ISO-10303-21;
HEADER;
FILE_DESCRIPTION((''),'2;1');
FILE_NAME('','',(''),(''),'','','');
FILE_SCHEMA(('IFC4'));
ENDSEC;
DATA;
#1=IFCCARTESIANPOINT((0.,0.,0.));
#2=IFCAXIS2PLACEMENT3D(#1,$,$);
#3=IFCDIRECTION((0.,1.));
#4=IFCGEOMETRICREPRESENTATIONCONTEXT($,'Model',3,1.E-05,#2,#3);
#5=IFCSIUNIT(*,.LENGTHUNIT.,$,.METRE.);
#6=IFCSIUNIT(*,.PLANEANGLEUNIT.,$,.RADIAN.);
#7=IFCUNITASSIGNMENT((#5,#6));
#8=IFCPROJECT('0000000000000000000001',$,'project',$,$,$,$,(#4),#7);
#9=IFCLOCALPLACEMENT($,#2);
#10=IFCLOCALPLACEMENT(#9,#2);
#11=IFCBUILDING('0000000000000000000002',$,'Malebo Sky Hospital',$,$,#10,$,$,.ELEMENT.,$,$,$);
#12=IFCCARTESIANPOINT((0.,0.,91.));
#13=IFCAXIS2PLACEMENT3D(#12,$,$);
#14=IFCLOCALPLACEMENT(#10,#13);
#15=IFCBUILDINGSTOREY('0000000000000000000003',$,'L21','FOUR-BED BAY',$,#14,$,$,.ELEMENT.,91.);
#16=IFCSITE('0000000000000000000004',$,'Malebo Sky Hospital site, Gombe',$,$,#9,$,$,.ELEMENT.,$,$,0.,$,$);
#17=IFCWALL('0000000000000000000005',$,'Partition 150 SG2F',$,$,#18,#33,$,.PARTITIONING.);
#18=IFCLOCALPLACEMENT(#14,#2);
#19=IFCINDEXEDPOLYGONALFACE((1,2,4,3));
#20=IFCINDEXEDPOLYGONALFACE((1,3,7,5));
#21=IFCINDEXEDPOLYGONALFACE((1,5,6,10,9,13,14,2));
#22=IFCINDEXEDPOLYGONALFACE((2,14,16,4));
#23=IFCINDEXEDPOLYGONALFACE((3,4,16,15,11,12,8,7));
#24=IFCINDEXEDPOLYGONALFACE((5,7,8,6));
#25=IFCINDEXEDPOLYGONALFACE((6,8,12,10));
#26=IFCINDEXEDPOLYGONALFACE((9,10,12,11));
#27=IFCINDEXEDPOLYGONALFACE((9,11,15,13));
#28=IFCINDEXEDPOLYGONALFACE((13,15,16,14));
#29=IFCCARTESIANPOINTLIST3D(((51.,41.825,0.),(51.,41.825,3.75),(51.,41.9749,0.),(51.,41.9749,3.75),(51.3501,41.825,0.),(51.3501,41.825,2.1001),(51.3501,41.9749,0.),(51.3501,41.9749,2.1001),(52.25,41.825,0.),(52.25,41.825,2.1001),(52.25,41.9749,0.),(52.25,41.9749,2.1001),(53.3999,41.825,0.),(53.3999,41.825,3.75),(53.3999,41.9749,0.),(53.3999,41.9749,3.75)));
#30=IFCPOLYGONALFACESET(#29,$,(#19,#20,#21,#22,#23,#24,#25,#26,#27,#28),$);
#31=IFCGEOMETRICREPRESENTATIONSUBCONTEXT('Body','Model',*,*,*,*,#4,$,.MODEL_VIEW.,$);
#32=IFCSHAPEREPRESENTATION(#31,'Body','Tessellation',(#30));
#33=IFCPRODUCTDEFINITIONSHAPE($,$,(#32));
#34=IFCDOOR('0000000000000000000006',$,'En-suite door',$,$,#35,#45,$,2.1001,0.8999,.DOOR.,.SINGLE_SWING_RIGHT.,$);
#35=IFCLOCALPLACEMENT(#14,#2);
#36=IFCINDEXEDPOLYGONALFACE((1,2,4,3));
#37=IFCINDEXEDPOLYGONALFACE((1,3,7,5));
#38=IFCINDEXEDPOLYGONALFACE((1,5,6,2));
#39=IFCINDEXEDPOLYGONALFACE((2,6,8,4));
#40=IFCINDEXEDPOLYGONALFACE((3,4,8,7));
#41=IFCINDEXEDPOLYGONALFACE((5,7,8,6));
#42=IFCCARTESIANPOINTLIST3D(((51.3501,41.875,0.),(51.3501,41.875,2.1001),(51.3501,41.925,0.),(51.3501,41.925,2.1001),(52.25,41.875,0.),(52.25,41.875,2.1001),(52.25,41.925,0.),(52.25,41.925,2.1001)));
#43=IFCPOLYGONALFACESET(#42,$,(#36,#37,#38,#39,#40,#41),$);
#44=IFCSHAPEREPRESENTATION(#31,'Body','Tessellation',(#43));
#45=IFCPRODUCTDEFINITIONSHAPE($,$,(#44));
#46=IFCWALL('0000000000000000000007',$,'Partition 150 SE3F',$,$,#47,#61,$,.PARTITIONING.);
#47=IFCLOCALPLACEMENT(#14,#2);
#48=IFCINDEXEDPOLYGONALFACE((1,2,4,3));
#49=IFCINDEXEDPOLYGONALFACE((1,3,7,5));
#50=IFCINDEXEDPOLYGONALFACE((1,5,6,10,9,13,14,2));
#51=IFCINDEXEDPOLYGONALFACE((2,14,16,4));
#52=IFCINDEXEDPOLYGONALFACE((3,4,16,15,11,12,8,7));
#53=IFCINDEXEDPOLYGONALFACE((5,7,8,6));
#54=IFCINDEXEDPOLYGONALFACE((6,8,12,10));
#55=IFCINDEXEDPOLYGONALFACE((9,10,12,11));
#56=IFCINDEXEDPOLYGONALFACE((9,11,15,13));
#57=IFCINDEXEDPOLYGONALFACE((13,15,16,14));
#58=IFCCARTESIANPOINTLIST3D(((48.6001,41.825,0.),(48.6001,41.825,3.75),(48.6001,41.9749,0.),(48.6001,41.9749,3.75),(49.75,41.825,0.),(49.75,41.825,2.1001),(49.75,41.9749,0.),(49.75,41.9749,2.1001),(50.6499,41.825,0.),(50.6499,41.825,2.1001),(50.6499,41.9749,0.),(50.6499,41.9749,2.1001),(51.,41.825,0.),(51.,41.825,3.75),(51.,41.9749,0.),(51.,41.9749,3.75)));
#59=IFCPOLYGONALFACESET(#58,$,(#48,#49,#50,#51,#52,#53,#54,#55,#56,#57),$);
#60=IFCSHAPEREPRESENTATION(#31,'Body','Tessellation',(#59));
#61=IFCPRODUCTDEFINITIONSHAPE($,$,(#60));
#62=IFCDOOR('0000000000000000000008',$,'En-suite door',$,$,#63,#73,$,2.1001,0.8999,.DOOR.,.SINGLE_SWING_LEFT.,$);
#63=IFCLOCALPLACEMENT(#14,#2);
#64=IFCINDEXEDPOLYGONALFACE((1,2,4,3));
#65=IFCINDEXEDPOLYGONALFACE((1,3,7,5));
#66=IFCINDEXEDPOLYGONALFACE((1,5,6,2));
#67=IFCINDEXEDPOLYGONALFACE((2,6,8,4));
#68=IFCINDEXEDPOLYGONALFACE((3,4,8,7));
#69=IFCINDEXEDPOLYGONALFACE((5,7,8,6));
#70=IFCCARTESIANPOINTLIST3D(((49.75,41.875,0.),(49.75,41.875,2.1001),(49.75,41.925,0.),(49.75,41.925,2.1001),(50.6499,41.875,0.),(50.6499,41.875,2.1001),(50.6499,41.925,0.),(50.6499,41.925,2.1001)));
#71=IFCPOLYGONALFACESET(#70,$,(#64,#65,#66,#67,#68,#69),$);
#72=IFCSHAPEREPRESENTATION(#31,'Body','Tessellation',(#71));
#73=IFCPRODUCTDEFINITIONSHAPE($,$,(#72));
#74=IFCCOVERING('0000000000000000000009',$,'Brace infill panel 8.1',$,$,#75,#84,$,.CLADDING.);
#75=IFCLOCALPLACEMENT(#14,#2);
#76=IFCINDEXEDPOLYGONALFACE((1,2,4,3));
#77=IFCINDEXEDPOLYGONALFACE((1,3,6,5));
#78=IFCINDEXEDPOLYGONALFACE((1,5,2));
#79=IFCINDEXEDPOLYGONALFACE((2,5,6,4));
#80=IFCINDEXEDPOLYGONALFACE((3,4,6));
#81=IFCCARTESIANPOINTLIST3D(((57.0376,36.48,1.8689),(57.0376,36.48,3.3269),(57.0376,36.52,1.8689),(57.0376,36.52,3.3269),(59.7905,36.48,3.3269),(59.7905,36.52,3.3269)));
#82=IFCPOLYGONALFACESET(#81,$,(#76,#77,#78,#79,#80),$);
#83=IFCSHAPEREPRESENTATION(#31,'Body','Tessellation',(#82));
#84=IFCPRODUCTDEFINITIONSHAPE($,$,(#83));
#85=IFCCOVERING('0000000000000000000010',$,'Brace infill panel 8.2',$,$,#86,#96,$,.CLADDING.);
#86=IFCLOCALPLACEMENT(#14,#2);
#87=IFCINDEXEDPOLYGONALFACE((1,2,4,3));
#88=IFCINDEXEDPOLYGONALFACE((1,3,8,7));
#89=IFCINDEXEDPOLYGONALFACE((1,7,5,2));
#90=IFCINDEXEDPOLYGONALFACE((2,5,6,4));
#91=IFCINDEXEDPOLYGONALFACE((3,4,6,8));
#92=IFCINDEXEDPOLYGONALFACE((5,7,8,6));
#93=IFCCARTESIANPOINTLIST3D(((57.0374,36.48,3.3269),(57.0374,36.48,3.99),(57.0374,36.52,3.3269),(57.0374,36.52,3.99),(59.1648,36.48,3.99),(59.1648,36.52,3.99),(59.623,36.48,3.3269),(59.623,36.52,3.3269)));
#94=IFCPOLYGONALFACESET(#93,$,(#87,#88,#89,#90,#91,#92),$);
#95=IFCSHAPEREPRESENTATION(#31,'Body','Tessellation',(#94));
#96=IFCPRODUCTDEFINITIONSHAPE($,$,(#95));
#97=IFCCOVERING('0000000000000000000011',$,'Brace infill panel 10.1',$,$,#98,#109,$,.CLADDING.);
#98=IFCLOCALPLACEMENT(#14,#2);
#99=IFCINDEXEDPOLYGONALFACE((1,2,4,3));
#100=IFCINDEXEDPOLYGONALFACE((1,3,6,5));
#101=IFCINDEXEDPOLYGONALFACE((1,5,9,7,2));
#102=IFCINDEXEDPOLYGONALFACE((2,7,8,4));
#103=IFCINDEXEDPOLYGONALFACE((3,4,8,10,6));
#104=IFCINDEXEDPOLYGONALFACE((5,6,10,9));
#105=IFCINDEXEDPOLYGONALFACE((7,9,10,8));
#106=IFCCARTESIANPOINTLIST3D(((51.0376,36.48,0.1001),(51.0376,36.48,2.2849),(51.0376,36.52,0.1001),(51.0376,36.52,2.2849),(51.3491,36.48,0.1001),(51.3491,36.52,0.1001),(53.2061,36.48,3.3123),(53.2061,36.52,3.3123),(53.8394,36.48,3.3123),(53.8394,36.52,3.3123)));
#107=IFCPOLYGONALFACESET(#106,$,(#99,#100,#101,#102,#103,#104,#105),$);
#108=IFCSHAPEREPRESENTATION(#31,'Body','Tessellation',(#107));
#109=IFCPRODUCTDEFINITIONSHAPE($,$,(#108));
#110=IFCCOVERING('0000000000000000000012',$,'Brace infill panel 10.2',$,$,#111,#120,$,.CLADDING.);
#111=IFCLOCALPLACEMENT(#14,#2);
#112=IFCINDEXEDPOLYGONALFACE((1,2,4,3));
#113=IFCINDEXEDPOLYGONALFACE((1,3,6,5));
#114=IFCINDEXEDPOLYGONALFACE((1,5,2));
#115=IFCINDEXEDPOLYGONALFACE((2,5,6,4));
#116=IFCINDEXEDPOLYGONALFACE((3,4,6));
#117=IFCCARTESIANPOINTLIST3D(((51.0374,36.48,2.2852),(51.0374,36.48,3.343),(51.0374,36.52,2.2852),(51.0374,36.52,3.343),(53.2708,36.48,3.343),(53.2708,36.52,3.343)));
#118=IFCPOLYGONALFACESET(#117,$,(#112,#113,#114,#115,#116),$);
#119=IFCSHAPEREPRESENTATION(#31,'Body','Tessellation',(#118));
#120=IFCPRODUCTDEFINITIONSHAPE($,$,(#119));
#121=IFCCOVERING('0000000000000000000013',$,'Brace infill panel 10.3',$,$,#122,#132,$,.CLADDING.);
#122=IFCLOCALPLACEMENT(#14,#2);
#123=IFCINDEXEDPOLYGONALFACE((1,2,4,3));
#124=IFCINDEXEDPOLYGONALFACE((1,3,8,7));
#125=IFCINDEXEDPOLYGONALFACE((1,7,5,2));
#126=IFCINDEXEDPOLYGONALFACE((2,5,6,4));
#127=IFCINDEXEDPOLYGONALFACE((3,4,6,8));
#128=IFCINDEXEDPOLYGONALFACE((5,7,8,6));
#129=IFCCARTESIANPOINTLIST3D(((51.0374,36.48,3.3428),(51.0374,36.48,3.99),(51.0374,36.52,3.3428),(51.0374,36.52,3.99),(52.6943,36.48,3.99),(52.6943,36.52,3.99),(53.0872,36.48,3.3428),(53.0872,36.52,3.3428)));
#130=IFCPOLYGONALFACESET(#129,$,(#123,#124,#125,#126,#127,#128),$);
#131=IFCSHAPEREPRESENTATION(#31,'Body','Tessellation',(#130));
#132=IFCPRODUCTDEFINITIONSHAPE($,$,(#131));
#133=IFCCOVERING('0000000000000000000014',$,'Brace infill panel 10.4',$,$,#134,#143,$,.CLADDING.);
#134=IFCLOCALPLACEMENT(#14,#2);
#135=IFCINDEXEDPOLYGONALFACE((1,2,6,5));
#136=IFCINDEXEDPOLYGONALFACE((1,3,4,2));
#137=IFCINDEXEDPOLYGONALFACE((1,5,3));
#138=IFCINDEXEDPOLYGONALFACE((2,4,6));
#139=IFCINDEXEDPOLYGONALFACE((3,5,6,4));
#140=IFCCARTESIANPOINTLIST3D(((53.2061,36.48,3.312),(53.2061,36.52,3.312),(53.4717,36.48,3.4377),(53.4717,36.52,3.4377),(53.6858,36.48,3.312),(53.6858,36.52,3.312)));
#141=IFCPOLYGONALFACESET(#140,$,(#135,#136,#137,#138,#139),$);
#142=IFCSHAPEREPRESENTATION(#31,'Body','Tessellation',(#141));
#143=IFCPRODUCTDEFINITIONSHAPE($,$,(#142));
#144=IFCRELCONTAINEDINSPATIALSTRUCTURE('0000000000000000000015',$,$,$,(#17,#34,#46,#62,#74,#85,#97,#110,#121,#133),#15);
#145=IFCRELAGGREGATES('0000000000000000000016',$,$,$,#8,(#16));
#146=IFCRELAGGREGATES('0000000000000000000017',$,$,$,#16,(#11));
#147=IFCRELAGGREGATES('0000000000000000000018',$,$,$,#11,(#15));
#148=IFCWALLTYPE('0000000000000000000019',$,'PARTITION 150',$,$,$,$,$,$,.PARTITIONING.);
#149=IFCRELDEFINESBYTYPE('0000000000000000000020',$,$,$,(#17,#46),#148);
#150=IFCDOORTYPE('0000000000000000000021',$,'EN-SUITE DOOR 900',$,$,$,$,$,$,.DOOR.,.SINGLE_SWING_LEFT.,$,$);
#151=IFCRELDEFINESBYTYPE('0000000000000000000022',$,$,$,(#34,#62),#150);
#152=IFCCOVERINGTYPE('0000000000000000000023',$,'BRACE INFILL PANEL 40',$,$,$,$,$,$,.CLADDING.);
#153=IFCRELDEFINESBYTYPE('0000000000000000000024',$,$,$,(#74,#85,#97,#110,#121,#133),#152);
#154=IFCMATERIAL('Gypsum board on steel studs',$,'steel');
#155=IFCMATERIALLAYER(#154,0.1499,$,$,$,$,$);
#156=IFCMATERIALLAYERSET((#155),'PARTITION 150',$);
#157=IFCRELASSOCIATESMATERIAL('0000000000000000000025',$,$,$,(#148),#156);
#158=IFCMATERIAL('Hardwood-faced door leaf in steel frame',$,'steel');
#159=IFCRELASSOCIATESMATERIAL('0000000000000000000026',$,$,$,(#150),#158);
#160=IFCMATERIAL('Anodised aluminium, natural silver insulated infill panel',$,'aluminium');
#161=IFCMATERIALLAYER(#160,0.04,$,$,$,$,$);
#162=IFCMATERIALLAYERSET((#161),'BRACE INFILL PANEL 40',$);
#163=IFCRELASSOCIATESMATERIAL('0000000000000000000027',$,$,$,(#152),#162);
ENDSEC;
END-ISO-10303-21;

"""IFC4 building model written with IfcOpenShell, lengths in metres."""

from ifc_helpers import new_model, si_unit, direction, frame, frame_2d, origin, place, context, subcontext, project, spatial, polyline, rectangle, outline, extrude, material, layer, layer_set, type_object, element, fill, save


model = new_model("IFC4")

# Units and contexts
model_context = context("Model", 3, precision=1e-05, world=origin(), true_north=direction((0.0, 1.0)))
body_context = subcontext(model_context, "Body", "Model", "MODEL_VIEW")
ifc_project = project(units=[si_unit("LENGTHUNIT", "METRE"), si_unit("PLANEANGLEUNIT", "RADIAN")], contexts=[model_context])

# Site, building, storey
site_placement = place(None, origin())
site = spatial("IfcSite", under=ifc_project, at=site_placement, Name="Malebo Sky Hospital site, Gombe", CompositionType="ELEMENT", RefElevation=0.0)
building_placement = place(site_placement, origin())
building = spatial("IfcBuilding", under=site, at=building_placement, Name="Malebo Sky Hospital", CompositionType="ELEMENT")
storey_placement = place(building_placement, frame((0.0, 0.0, 91.0)))
storey = spatial("IfcBuildingStorey", under=building, at=storey_placement, Name="L21", Description="FOUR-BED BAY", CompositionType="ELEMENT", Elevation=91.0)

# Walls, openings, doors
ifc_material_1 = material(Name="Gypsum board on steel studs", Category="steel")
ifc_layer_1 = layer(ifc_material_1, 0.1499)
ifc_layer_set_1 = layer_set([ifc_layer_1], Name="PARTITION 150")
wall_type = type_object("IfcWallType", Name="PARTITION 150", PredefinedType="PARTITIONING", material=ifc_layer_set_1)
wall_1_placement = place(storey_placement, frame((53.3999, 41.8999, 0.0), z_axis=(0.0, 0.0, 1.0), x_axis=(-1.0, 0.0, 0.0)))
wall_1 = element("IfcWall", 1, at=wall_1_placement, inside=storey, type_object=wall_type, Name="Partition 150 SG2F", PredefinedType="PARTITIONING", context=body_context, shape_type="SweptSolid", body=[
    extrude(rectangle(XDim=2.3999, YDim=0.1499, at=frame_2d((1.2, 0.0))), origin(), (0.0, 0.0, 1.0), 3.75),
])
opening_1_placement = place(wall_1_placement, frame((1.1499, 0.0, 0.0)))
opening_1 = element("IfcOpeningElement", 2, at=opening_1_placement, cuts=wall_1, PredefinedType="OPENING", context=body_context, shape_type="SweptSolid", body=[
    extrude(rectangle(XDim=0.8999, YDim=2.1001, at=frame_2d((0.45, 1.05))), frame((0.0, 0.085, 0.0), z_axis=(0.0, -1.0, 0.0), x_axis=(1.0, 0.0, 0.0)), (0.0, 0.0, 1.0), 0.1699),
])
ifc_material_2 = material(Name="Hardwood-faced door leaf in steel frame", Category="steel")
door_type = type_object("IfcDoorType", Name="EN-SUITE DOOR 900", OperationType="SINGLE_SWING_LEFT", PredefinedType="DOOR", material=ifc_material_2)
door_1_placement = place(opening_1_placement, origin())
door_1 = element("IfcDoor", 3, at=door_1_placement, inside=storey, type_object=door_type, Name="En-suite door", OperationType="SINGLE_SWING_RIGHT", OverallHeight=2.1001, OverallWidth=0.8999, PredefinedType="DOOR", context=body_context, shape_type="SweptSolid", body=[
    extrude(rectangle(XDim=0.8999, YDim=2.1001, at=frame_2d((0.45, 1.05))), frame((0.0, 0.0249, 0.0), z_axis=(0.0, -1.0, 0.0), x_axis=(1.0, 0.0, 0.0)), (0.0, 0.0, 1.0), 0.05),
])
fill(opening_1, door_1)
wall_2_placement = place(storey_placement, frame((51.0, 41.8999, 0.0), z_axis=(0.0, 0.0, 1.0), x_axis=(-1.0, 0.0, 0.0)))
wall_2 = element("IfcWall", 4, at=wall_2_placement, inside=storey, type_object=wall_type, Name="Partition 150 SE3F", PredefinedType="PARTITIONING", context=body_context, shape_type="SweptSolid", body=[
    extrude(rectangle(XDim=2.3999, YDim=0.1499, at=frame_2d((1.2, 0.0))), origin(), (0.0, 0.0, 1.0), 3.75),
])
opening_2_placement = place(wall_2_placement, frame((0.3501, 0.0, 0.0)))
opening_2 = element("IfcOpeningElement", 5, at=opening_2_placement, cuts=wall_2, PredefinedType="OPENING", context=body_context, shape_type="SweptSolid", body=[
    extrude(rectangle(XDim=0.8999, YDim=2.1001, at=frame_2d((0.45, 1.05))), frame((0.0, 0.085, 0.0), z_axis=(0.0, -1.0, 0.0), x_axis=(1.0, 0.0, 0.0)), (0.0, 0.0, 1.0), 0.1699),
])
door_2_placement = place(opening_2_placement, origin())
door_2 = element("IfcDoor", 6, at=door_2_placement, inside=storey, type_object=door_type, Name="En-suite door", OperationType="SINGLE_SWING_LEFT", OverallHeight=2.1001, OverallWidth=0.8999, PredefinedType="DOOR", context=body_context, shape_type="SweptSolid", body=[
    extrude(rectangle(XDim=0.8999, YDim=2.1001, at=frame_2d((0.45, 1.05))), frame((0.0, 0.0249, 0.0), z_axis=(0.0, -1.0, 0.0), x_axis=(1.0, 0.0, 0.0)), (0.0, 0.0, 1.0), 0.05),
])
fill(opening_2, door_2)

# Coverings
ifc_material_3 = material(Name="Anodised aluminium, natural silver insulated infill panel", Category="aluminium")
ifc_layer_2 = layer(ifc_material_3, 0.04)
ifc_layer_set_2 = layer_set([ifc_layer_2], Name="BRACE INFILL PANEL 40")
covering_type = type_object("IfcCoveringType", Name="BRACE INFILL PANEL 40", PredefinedType="CLADDING", material=ifc_layer_set_2)
covering_1_placement = place(storey_placement, frame((58.4141, 36.5, 1.8689), z_axis=(0.0, 0.0, 1.0), x_axis=(-1.0, 0.0, 0.0)))
element("IfcCovering", 7, at=covering_1_placement, inside=storey, type_object=covering_type, Name="Brace infill panel 8.1", PredefinedType="CLADDING", context=body_context, shape_type="SweptSolid", body=[
    extrude(outline(polyline([(1.3765, 0.0), (1.3765, 1.458), (-1.3765, 1.458), (1.3765, 0.0)])), frame((0.0, 0.02, 0.0), z_axis=(0.0, -1.0, 0.0), x_axis=(1.0, 0.0, 0.0)), (0.0, 0.0, 1.0), 0.04),
])
covering_2_placement = place(storey_placement, frame((58.3303, 36.5, 3.3269), z_axis=(0.0, 0.0, 1.0), x_axis=(-1.0, 0.0, 0.0)))
element("IfcCovering", 8, at=covering_2_placement, inside=storey, type_object=covering_type, Name="Brace infill panel 8.2", PredefinedType="CLADDING", context=body_context, shape_type="SweptSolid", body=[
    extrude(outline(polyline([(-1.2927, 0.0), (1.293, 0.0), (1.293, 0.6631), (-0.8345, 0.6631), (-1.2927, 0.0)])), frame((0.0, 0.02, 0.0), z_axis=(0.0, -1.0, 0.0), x_axis=(1.0, 0.0, 0.0)), (0.0, 0.0, 1.0), 0.04),
])
covering_3_placement = place(storey_placement, frame((52.4385, 36.5, 0.1001), z_axis=(0.0, 0.0, 1.0), x_axis=(-1.0, 0.0, 0.0)))
element("IfcCovering", 9, at=covering_3_placement, inside=storey, type_object=covering_type, Name="Brace infill panel 10.1", PredefinedType="CLADDING", context=body_context, shape_type="SweptSolid", body=[
    extrude(outline(polyline([(1.0894, 0.0), (1.4009, 0.0), (1.4009, 2.1848), (-0.7676, 3.2122), (-1.4009, 3.2122), (1.0894, 0.0)])), frame((0.0, 0.02, 0.0), z_axis=(0.0, -1.0, 0.0), x_axis=(1.0, 0.0, 0.0)), (0.0, 0.0, 1.0), 0.04),
])
covering_4_placement = place(storey_placement, frame((52.1541, 36.5, 2.2852), z_axis=(0.0, 0.0, 1.0), x_axis=(-1.0, 0.0, 0.0)))
element("IfcCovering", 10, at=covering_4_placement, inside=storey, type_object=covering_type, Name="Brace infill panel 10.2", PredefinedType="CLADDING", context=body_context, shape_type="SweptSolid", body=[
    extrude(outline(polyline([(1.1167, 0.0), (1.1167, 1.0579), (-1.1167, 1.0579), (1.1167, 0.0)])), frame((0.0, 0.02, 0.0), z_axis=(0.0, -1.0, 0.0), x_axis=(1.0, 0.0, 0.0)), (0.0, 0.0, 1.0), 0.04),
])
covering_5_placement = place(storey_placement, frame((52.0623, 36.5, 3.3428), z_axis=(0.0, 0.0, 1.0), x_axis=(-1.0, 0.0, 0.0)))
element("IfcCovering", 11, at=covering_5_placement, inside=storey, type_object=covering_type, Name="Brace infill panel 10.3", PredefinedType="CLADDING", context=body_context, shape_type="SweptSolid", body=[
    extrude(outline(polyline([(-1.0249, 0.0), (1.0249, 0.0), (1.0249, 0.6472), (-0.6321, 0.6472), (-1.0249, 0.0)])), frame((0.0, 0.02, 0.0), z_axis=(0.0, -1.0, 0.0), x_axis=(1.0, 0.0, 0.0)), (0.0, 0.0, 1.0), 0.04),
])
covering_6_placement = place(storey_placement, frame((53.4458, 36.5, 3.312), z_axis=(0.0, 0.0, 1.0), x_axis=(-1.0, 0.0, 0.0)))
element("IfcCovering", 12, at=covering_6_placement, inside=storey, type_object=covering_type, Name="Brace infill panel 10.4", PredefinedType="CLADDING", context=body_context, shape_type="SweptSolid", body=[
    extrude(outline(polyline([(-0.24, 0.0), (0.2397, 0.0), (-0.0259, 0.1257), (-0.24, 0.0)])), frame((0.0, 0.02, 0.0), z_axis=(0.0, -1.0, 0.0), x_axis=(1.0, 0.0, 0.0)), (0.0, 0.0, 1.0), 0.04),
])

save(model, "model.ifc")
